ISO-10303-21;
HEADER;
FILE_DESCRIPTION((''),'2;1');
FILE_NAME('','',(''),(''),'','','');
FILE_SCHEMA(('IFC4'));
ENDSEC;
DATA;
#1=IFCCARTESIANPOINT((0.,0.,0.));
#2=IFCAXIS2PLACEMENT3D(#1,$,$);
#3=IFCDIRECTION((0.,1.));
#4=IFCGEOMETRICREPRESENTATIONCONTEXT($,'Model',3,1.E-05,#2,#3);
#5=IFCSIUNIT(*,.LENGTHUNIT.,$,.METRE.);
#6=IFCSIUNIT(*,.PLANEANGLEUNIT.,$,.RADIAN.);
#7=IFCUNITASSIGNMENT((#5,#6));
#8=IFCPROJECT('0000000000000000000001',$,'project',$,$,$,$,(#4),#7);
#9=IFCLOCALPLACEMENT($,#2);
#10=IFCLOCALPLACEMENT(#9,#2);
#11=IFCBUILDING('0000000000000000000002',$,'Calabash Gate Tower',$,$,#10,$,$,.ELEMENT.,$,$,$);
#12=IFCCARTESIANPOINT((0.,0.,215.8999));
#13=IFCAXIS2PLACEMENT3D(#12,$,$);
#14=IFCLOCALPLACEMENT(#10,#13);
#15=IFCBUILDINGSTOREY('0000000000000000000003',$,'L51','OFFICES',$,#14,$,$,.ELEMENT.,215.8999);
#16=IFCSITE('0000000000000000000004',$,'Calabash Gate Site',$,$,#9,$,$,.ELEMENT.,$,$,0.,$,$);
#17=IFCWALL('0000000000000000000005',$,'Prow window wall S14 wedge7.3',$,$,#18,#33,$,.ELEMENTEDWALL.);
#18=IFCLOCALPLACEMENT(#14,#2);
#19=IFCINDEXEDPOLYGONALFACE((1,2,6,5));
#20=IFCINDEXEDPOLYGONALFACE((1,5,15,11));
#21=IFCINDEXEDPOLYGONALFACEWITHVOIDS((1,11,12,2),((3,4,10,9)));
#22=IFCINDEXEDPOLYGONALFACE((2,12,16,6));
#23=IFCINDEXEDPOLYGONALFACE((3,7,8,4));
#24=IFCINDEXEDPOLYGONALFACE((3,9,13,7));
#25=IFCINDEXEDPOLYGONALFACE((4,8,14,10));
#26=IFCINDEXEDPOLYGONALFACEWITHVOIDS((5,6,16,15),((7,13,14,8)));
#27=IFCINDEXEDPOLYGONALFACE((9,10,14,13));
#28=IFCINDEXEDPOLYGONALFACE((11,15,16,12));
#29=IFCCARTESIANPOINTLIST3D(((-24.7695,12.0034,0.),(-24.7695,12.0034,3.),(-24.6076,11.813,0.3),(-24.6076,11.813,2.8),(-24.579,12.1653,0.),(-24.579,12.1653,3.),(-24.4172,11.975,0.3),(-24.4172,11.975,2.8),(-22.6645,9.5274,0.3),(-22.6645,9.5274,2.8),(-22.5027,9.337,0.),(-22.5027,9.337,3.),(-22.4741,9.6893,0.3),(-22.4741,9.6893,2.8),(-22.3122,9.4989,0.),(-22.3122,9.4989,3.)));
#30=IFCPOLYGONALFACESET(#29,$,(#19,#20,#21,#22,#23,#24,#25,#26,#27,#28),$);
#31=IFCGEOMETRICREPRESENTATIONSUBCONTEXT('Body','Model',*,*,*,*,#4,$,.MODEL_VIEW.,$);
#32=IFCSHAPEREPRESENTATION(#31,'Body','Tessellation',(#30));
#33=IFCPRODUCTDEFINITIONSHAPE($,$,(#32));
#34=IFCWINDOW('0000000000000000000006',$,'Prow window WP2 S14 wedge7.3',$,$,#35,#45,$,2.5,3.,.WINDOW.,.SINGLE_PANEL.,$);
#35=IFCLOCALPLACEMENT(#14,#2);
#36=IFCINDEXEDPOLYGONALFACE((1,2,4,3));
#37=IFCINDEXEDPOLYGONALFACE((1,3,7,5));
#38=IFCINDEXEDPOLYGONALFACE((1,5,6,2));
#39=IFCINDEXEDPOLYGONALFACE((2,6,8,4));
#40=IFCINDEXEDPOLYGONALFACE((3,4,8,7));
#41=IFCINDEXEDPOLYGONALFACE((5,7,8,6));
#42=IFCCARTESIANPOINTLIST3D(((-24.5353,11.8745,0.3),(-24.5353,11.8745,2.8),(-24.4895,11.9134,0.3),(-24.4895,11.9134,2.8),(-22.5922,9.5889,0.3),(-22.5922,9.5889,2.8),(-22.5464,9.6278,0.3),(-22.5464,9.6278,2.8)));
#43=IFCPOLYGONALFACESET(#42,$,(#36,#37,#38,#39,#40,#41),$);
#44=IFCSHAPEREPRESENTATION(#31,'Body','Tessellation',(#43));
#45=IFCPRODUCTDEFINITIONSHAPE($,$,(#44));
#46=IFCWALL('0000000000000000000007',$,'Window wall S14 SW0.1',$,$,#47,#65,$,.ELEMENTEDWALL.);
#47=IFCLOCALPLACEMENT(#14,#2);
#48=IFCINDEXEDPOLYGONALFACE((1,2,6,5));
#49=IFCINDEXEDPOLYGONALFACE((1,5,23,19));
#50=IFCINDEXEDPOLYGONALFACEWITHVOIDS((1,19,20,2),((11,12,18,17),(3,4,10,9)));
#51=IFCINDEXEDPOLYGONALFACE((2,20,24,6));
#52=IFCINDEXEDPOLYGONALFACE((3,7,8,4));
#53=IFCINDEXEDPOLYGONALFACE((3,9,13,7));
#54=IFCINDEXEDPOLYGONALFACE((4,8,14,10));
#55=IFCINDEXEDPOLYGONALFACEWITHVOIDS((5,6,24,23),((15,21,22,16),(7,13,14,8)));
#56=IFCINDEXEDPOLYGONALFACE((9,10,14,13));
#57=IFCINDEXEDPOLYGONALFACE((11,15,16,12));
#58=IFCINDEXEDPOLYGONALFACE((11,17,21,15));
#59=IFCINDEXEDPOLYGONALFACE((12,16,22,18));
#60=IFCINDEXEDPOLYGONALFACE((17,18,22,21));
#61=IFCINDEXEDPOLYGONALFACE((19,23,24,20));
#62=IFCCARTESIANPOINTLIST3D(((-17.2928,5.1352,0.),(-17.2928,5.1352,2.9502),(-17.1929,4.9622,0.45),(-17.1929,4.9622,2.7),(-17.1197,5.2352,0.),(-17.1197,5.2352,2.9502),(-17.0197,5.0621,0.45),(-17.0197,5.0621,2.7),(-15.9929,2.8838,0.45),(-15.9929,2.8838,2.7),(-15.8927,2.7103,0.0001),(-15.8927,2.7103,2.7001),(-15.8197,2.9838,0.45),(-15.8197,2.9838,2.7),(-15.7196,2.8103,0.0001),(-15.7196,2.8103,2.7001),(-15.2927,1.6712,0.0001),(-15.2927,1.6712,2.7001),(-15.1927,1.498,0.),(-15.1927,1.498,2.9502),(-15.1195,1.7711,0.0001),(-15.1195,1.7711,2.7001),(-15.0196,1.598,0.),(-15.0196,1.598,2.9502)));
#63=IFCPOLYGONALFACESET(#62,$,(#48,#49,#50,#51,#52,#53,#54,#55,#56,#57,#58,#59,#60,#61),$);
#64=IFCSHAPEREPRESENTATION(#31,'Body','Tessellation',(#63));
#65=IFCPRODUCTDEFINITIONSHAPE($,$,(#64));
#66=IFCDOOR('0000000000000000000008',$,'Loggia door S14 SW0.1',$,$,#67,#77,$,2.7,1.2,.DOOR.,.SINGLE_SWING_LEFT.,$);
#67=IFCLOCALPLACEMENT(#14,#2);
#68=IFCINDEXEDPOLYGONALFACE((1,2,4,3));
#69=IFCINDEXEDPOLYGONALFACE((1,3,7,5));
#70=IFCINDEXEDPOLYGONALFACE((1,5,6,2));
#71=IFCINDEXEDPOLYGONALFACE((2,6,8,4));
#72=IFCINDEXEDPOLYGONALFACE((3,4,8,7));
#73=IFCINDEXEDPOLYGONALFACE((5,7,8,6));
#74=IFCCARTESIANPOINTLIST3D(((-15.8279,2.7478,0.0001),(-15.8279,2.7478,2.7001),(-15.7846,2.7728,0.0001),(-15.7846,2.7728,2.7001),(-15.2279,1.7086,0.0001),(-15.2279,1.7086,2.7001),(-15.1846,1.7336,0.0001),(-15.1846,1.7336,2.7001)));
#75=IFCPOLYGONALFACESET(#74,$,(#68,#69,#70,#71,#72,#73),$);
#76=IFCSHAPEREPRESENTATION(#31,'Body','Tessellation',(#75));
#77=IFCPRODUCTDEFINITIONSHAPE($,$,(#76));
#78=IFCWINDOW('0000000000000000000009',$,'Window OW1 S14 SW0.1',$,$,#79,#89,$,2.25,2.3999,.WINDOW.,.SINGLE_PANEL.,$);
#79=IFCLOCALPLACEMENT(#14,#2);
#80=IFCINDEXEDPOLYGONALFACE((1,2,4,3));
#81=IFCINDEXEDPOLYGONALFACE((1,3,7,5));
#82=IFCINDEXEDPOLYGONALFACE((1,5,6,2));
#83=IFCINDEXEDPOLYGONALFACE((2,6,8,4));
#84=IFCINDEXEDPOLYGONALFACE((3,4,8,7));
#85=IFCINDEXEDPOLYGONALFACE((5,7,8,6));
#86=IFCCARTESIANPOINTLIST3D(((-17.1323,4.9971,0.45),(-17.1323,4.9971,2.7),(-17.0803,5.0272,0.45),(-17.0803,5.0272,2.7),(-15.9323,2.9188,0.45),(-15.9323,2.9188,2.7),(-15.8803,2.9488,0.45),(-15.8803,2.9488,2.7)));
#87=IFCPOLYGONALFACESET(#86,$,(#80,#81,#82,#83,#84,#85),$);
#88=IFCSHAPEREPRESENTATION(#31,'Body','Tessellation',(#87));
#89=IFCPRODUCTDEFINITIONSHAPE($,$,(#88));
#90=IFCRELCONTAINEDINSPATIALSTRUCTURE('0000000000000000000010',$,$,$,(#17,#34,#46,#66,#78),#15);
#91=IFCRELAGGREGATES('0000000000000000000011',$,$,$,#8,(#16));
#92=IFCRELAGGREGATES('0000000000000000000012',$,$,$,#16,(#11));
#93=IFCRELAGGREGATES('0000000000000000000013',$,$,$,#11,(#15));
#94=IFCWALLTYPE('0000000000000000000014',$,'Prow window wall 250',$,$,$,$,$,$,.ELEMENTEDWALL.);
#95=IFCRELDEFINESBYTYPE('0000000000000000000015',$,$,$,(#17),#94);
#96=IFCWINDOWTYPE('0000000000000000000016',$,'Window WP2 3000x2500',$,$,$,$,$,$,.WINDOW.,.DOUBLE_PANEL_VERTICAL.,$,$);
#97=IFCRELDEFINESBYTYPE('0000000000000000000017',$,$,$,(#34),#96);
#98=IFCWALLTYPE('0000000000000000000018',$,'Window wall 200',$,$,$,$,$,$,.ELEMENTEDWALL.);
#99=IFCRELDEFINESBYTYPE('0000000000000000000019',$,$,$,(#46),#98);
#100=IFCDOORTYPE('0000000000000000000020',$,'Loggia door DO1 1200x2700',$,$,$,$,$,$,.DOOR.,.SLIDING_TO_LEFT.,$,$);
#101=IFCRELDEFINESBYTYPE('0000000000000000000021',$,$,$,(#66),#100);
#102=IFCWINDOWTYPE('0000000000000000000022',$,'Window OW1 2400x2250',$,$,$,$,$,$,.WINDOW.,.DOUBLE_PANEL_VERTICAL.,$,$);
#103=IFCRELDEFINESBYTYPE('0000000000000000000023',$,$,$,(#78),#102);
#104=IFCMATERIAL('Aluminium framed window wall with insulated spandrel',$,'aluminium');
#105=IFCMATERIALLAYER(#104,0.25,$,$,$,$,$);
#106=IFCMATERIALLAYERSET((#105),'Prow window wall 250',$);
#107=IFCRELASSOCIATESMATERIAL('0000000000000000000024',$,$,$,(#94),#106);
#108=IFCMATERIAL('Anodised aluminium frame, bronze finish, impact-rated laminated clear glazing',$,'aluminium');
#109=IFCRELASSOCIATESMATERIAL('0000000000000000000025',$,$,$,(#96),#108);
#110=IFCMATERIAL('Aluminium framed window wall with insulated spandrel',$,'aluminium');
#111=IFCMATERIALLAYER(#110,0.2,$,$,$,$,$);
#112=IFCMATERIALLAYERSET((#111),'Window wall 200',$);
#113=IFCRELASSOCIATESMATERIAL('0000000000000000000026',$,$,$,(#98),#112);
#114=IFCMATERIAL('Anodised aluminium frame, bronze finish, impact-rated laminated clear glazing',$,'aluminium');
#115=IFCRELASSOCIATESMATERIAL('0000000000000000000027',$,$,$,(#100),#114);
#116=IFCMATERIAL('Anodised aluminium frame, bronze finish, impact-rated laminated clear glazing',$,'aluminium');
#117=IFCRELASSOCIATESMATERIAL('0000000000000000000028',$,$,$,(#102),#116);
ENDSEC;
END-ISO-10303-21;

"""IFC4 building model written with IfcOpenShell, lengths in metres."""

from ifc_helpers import new_model, si_unit, direction, frame, frame_2d, origin, place, context, subcontext, project, spatial, rectangle, extrude, material, layer, layer_set, type_object, element, fill, save


model = new_model("IFC4")

# Units and contexts
model_context = context("Model", 3, precision=1e-05, world=origin(), true_north=direction((0.0, 1.0)))
body_context = subcontext(model_context, "Body", "Model", "MODEL_VIEW")
ifc_project = project(units=[si_unit("LENGTHUNIT", "METRE"), si_unit("PLANEANGLEUNIT", "RADIAN")], contexts=[model_context])

# Site, building, storey
site_placement = place(None, origin())
site = spatial("IfcSite", under=ifc_project, at=site_placement, Name="Calabash Gate Site", CompositionType="ELEMENT", RefElevation=0.0)
building_placement = place(site_placement, origin())
building = spatial("IfcBuilding", under=site, at=building_placement, Name="Calabash Gate Tower", CompositionType="ELEMENT")
storey_placement = place(building_placement, frame((0.0, 0.0, 215.8999)))
storey = spatial("IfcBuildingStorey", under=building, at=storey_placement, Name="L51", Description="OFFICES", CompositionType="ELEMENT", Elevation=215.8999)

# Wall, opening, window
ifc_material_1 = material(Name="Aluminium framed window wall with insulated spandrel", Category="aluminium")
ifc_layer_1 = layer(ifc_material_1, 0.25)
ifc_layer_set_1 = layer_set([ifc_layer_1], Name="Prow window wall 250")
wall_type_1 = type_object("IfcWallType", Name="Prow window wall 250", PredefinedType="ELEMENTEDWALL", material=ifc_layer_set_1)
wall_1_placement = place(storey_placement, frame((-24.6743, 12.0845, 0.0), z_axis=(0.0, 0.0, 1.0), x_axis=(0.647701, -0.761895, 0.0)))
wall_1 = element("IfcWall", 1, at=wall_1_placement, inside=storey, type_object=wall_type_1, Name="Prow window wall S14 wedge7.3", PredefinedType="ELEMENTEDWALL", context=body_context, shape_type="SweptSolid", body=[
    extrude(rectangle(XDim=3.4998, YDim=0.25, at=frame_2d((1.75, 0.0))), origin(), (0.0, 0.0, 1.0), 3.0),
])
opening_1_placement = place(wall_1_placement, frame((0.25, 0.0, 0.3)))
opening_1 = element("IfcOpeningElement", 2, at=opening_1_placement, cuts=wall_1, PredefinedType="OPENING", context=body_context, shape_type="SweptSolid", body=[
    extrude(rectangle(XDim=3.0, YDim=2.5, at=frame_2d((1.5, 1.25))), frame((0.0, 0.135, 0.0), z_axis=(0.0, -1.0, 0.0), x_axis=(1.0, 0.0, 0.0)), (0.0, 0.0, 1.0), 0.27),
])
ifc_material_2 = material(Name="Anodised aluminium frame, bronze finish, impact-rated laminated clear glazing", Category="aluminium")
window_type_1 = type_object("IfcWindowType", Name="Window WP2 3000x2500", PartitioningType="DOUBLE_PANEL_VERTICAL", PredefinedType="WINDOW", material=ifc_material_2)
window_1_placement = place(opening_1_placement, origin())
window_1 = element("IfcWindow", 3, at=window_1_placement, inside=storey, type_object=window_type_1, Name="Prow window WP2 S14 wedge7.3", OverallHeight=2.5, OverallWidth=3.0, PartitioningType="SINGLE_PANEL", PredefinedType="WINDOW", context=body_context, shape_type="SweptSolid", body=[
    extrude(rectangle(XDim=3.0, YDim=2.5, at=frame_2d((1.5, 1.25))), frame((0.0, 0.03, 0.0), z_axis=(0.0, -1.0, 0.0), x_axis=(1.0, 0.0, 0.0)), (0.0, 0.0, 1.0), 0.0601),
])
fill(opening_1, window_1)

# Wall, openings, door, window
ifc_material_3 = material(Name="Aluminium framed window wall with insulated spandrel", Category="aluminium")
ifc_layer_2 = layer(ifc_material_3, 0.2)
ifc_layer_set_2 = layer_set([ifc_layer_2], Name="Window wall 200")
wall_type_2 = type_object("IfcWallType", Name="Window wall 200", PredefinedType="ELEMENTEDWALL", material=ifc_layer_set_2)
wall_2_placement = place(storey_placement, frame((-17.2063, 5.1853, 0.0), z_axis=(0.0, 0.0, 1.0), x_axis=(0.500028, -0.866009, 0.0)))
wall_2 = element("IfcWall", 4, at=wall_2_placement, inside=storey, type_object=wall_type_2, Name="Window wall S14 SW0.1", PredefinedType="ELEMENTEDWALL", context=body_context, shape_type="SweptSolid", body=[
    extrude(rectangle(XDim=4.2, YDim=0.2, at=frame_2d((2.1001, 0.0))), origin(), (0.0, 0.0, 1.0), 2.9502),
])
opening_2_placement = place(wall_2_placement, frame((0.2, 0.0, 0.45)))
opening_2 = element("IfcOpeningElement", 5, at=opening_2_placement, cuts=wall_2, PredefinedType="OPENING", context=body_context, shape_type="SweptSolid", body=[
    extrude(rectangle(XDim=2.3999, YDim=2.25, at=frame_2d((1.2, 1.125))), frame((0.0, 0.1099, 0.0), z_axis=(0.0, -1.0, 0.0), x_axis=(1.0, 0.0, 0.0)), (0.0, 0.0, 1.0), 0.22),
])
opening_3_placement = place(wall_2_placement, frame((2.8, 0.0, 0.0)))
opening_3 = element("IfcOpeningElement", 6, at=opening_3_placement, cuts=wall_2, PredefinedType="OPENING", context=body_context, shape_type="SweptSolid", body=[
    extrude(rectangle(XDim=1.2, YDim=2.7, at=frame_2d((0.6001, 1.3501))), frame((0.0, 0.1099, 0.0), z_axis=(0.0, -1.0, 0.0), x_axis=(1.0, 0.0, 0.0)), (0.0, 0.0, 1.0), 0.22),
])
ifc_material_4 = material(Name="Anodised aluminium frame, bronze finish, impact-rated laminated clear glazing", Category="aluminium")
door_type = type_object("IfcDoorType", Name="Loggia door DO1 1200x2700", OperationType="SLIDING_TO_LEFT", PredefinedType="DOOR", material=ifc_material_4)
door_placement = place(opening_3_placement, origin())
door = element("IfcDoor", 7, at=door_placement, inside=storey, type_object=door_type, Name="Loggia door S14 SW0.1", OperationType="SINGLE_SWING_LEFT", OverallHeight=2.7, OverallWidth=1.2, PredefinedType="DOOR", context=body_context, shape_type="SweptSolid", body=[
    extrude(rectangle(XDim=1.2, YDim=2.7, at=frame_2d((0.6001, 1.3501))), frame((0.0, 0.0249, 0.0), z_axis=(0.0, -1.0, 0.0), x_axis=(1.0, 0.0, 0.0)), (0.0, 0.0, 1.0), 0.05),
])
fill(opening_3, door)
ifc_material_5 = material(Name="Anodised aluminium frame, bronze finish, impact-rated laminated clear glazing", Category="aluminium")
window_type_2 = type_object("IfcWindowType", Name="Window OW1 2400x2250", PartitioningType="DOUBLE_PANEL_VERTICAL", PredefinedType="WINDOW", material=ifc_material_5)
window_2_placement = place(opening_2_placement, origin())
window_2 = element("IfcWindow", 8, at=window_2_placement, inside=storey, type_object=window_type_2, Name="Window OW1 S14 SW0.1", OverallHeight=2.25, OverallWidth=2.3999, PartitioningType="SINGLE_PANEL", PredefinedType="WINDOW", context=body_context, shape_type="SweptSolid", body=[
    extrude(rectangle(XDim=2.3999, YDim=2.25, at=frame_2d((1.2, 1.125))), frame((0.0, 0.03, 0.0), z_axis=(0.0, -1.0, 0.0), x_axis=(1.0, 0.0, 0.0)), (0.0, 0.0, 1.0), 0.0601),
])
fill(opening_2, window_2)

save(model, "model.ifc")
